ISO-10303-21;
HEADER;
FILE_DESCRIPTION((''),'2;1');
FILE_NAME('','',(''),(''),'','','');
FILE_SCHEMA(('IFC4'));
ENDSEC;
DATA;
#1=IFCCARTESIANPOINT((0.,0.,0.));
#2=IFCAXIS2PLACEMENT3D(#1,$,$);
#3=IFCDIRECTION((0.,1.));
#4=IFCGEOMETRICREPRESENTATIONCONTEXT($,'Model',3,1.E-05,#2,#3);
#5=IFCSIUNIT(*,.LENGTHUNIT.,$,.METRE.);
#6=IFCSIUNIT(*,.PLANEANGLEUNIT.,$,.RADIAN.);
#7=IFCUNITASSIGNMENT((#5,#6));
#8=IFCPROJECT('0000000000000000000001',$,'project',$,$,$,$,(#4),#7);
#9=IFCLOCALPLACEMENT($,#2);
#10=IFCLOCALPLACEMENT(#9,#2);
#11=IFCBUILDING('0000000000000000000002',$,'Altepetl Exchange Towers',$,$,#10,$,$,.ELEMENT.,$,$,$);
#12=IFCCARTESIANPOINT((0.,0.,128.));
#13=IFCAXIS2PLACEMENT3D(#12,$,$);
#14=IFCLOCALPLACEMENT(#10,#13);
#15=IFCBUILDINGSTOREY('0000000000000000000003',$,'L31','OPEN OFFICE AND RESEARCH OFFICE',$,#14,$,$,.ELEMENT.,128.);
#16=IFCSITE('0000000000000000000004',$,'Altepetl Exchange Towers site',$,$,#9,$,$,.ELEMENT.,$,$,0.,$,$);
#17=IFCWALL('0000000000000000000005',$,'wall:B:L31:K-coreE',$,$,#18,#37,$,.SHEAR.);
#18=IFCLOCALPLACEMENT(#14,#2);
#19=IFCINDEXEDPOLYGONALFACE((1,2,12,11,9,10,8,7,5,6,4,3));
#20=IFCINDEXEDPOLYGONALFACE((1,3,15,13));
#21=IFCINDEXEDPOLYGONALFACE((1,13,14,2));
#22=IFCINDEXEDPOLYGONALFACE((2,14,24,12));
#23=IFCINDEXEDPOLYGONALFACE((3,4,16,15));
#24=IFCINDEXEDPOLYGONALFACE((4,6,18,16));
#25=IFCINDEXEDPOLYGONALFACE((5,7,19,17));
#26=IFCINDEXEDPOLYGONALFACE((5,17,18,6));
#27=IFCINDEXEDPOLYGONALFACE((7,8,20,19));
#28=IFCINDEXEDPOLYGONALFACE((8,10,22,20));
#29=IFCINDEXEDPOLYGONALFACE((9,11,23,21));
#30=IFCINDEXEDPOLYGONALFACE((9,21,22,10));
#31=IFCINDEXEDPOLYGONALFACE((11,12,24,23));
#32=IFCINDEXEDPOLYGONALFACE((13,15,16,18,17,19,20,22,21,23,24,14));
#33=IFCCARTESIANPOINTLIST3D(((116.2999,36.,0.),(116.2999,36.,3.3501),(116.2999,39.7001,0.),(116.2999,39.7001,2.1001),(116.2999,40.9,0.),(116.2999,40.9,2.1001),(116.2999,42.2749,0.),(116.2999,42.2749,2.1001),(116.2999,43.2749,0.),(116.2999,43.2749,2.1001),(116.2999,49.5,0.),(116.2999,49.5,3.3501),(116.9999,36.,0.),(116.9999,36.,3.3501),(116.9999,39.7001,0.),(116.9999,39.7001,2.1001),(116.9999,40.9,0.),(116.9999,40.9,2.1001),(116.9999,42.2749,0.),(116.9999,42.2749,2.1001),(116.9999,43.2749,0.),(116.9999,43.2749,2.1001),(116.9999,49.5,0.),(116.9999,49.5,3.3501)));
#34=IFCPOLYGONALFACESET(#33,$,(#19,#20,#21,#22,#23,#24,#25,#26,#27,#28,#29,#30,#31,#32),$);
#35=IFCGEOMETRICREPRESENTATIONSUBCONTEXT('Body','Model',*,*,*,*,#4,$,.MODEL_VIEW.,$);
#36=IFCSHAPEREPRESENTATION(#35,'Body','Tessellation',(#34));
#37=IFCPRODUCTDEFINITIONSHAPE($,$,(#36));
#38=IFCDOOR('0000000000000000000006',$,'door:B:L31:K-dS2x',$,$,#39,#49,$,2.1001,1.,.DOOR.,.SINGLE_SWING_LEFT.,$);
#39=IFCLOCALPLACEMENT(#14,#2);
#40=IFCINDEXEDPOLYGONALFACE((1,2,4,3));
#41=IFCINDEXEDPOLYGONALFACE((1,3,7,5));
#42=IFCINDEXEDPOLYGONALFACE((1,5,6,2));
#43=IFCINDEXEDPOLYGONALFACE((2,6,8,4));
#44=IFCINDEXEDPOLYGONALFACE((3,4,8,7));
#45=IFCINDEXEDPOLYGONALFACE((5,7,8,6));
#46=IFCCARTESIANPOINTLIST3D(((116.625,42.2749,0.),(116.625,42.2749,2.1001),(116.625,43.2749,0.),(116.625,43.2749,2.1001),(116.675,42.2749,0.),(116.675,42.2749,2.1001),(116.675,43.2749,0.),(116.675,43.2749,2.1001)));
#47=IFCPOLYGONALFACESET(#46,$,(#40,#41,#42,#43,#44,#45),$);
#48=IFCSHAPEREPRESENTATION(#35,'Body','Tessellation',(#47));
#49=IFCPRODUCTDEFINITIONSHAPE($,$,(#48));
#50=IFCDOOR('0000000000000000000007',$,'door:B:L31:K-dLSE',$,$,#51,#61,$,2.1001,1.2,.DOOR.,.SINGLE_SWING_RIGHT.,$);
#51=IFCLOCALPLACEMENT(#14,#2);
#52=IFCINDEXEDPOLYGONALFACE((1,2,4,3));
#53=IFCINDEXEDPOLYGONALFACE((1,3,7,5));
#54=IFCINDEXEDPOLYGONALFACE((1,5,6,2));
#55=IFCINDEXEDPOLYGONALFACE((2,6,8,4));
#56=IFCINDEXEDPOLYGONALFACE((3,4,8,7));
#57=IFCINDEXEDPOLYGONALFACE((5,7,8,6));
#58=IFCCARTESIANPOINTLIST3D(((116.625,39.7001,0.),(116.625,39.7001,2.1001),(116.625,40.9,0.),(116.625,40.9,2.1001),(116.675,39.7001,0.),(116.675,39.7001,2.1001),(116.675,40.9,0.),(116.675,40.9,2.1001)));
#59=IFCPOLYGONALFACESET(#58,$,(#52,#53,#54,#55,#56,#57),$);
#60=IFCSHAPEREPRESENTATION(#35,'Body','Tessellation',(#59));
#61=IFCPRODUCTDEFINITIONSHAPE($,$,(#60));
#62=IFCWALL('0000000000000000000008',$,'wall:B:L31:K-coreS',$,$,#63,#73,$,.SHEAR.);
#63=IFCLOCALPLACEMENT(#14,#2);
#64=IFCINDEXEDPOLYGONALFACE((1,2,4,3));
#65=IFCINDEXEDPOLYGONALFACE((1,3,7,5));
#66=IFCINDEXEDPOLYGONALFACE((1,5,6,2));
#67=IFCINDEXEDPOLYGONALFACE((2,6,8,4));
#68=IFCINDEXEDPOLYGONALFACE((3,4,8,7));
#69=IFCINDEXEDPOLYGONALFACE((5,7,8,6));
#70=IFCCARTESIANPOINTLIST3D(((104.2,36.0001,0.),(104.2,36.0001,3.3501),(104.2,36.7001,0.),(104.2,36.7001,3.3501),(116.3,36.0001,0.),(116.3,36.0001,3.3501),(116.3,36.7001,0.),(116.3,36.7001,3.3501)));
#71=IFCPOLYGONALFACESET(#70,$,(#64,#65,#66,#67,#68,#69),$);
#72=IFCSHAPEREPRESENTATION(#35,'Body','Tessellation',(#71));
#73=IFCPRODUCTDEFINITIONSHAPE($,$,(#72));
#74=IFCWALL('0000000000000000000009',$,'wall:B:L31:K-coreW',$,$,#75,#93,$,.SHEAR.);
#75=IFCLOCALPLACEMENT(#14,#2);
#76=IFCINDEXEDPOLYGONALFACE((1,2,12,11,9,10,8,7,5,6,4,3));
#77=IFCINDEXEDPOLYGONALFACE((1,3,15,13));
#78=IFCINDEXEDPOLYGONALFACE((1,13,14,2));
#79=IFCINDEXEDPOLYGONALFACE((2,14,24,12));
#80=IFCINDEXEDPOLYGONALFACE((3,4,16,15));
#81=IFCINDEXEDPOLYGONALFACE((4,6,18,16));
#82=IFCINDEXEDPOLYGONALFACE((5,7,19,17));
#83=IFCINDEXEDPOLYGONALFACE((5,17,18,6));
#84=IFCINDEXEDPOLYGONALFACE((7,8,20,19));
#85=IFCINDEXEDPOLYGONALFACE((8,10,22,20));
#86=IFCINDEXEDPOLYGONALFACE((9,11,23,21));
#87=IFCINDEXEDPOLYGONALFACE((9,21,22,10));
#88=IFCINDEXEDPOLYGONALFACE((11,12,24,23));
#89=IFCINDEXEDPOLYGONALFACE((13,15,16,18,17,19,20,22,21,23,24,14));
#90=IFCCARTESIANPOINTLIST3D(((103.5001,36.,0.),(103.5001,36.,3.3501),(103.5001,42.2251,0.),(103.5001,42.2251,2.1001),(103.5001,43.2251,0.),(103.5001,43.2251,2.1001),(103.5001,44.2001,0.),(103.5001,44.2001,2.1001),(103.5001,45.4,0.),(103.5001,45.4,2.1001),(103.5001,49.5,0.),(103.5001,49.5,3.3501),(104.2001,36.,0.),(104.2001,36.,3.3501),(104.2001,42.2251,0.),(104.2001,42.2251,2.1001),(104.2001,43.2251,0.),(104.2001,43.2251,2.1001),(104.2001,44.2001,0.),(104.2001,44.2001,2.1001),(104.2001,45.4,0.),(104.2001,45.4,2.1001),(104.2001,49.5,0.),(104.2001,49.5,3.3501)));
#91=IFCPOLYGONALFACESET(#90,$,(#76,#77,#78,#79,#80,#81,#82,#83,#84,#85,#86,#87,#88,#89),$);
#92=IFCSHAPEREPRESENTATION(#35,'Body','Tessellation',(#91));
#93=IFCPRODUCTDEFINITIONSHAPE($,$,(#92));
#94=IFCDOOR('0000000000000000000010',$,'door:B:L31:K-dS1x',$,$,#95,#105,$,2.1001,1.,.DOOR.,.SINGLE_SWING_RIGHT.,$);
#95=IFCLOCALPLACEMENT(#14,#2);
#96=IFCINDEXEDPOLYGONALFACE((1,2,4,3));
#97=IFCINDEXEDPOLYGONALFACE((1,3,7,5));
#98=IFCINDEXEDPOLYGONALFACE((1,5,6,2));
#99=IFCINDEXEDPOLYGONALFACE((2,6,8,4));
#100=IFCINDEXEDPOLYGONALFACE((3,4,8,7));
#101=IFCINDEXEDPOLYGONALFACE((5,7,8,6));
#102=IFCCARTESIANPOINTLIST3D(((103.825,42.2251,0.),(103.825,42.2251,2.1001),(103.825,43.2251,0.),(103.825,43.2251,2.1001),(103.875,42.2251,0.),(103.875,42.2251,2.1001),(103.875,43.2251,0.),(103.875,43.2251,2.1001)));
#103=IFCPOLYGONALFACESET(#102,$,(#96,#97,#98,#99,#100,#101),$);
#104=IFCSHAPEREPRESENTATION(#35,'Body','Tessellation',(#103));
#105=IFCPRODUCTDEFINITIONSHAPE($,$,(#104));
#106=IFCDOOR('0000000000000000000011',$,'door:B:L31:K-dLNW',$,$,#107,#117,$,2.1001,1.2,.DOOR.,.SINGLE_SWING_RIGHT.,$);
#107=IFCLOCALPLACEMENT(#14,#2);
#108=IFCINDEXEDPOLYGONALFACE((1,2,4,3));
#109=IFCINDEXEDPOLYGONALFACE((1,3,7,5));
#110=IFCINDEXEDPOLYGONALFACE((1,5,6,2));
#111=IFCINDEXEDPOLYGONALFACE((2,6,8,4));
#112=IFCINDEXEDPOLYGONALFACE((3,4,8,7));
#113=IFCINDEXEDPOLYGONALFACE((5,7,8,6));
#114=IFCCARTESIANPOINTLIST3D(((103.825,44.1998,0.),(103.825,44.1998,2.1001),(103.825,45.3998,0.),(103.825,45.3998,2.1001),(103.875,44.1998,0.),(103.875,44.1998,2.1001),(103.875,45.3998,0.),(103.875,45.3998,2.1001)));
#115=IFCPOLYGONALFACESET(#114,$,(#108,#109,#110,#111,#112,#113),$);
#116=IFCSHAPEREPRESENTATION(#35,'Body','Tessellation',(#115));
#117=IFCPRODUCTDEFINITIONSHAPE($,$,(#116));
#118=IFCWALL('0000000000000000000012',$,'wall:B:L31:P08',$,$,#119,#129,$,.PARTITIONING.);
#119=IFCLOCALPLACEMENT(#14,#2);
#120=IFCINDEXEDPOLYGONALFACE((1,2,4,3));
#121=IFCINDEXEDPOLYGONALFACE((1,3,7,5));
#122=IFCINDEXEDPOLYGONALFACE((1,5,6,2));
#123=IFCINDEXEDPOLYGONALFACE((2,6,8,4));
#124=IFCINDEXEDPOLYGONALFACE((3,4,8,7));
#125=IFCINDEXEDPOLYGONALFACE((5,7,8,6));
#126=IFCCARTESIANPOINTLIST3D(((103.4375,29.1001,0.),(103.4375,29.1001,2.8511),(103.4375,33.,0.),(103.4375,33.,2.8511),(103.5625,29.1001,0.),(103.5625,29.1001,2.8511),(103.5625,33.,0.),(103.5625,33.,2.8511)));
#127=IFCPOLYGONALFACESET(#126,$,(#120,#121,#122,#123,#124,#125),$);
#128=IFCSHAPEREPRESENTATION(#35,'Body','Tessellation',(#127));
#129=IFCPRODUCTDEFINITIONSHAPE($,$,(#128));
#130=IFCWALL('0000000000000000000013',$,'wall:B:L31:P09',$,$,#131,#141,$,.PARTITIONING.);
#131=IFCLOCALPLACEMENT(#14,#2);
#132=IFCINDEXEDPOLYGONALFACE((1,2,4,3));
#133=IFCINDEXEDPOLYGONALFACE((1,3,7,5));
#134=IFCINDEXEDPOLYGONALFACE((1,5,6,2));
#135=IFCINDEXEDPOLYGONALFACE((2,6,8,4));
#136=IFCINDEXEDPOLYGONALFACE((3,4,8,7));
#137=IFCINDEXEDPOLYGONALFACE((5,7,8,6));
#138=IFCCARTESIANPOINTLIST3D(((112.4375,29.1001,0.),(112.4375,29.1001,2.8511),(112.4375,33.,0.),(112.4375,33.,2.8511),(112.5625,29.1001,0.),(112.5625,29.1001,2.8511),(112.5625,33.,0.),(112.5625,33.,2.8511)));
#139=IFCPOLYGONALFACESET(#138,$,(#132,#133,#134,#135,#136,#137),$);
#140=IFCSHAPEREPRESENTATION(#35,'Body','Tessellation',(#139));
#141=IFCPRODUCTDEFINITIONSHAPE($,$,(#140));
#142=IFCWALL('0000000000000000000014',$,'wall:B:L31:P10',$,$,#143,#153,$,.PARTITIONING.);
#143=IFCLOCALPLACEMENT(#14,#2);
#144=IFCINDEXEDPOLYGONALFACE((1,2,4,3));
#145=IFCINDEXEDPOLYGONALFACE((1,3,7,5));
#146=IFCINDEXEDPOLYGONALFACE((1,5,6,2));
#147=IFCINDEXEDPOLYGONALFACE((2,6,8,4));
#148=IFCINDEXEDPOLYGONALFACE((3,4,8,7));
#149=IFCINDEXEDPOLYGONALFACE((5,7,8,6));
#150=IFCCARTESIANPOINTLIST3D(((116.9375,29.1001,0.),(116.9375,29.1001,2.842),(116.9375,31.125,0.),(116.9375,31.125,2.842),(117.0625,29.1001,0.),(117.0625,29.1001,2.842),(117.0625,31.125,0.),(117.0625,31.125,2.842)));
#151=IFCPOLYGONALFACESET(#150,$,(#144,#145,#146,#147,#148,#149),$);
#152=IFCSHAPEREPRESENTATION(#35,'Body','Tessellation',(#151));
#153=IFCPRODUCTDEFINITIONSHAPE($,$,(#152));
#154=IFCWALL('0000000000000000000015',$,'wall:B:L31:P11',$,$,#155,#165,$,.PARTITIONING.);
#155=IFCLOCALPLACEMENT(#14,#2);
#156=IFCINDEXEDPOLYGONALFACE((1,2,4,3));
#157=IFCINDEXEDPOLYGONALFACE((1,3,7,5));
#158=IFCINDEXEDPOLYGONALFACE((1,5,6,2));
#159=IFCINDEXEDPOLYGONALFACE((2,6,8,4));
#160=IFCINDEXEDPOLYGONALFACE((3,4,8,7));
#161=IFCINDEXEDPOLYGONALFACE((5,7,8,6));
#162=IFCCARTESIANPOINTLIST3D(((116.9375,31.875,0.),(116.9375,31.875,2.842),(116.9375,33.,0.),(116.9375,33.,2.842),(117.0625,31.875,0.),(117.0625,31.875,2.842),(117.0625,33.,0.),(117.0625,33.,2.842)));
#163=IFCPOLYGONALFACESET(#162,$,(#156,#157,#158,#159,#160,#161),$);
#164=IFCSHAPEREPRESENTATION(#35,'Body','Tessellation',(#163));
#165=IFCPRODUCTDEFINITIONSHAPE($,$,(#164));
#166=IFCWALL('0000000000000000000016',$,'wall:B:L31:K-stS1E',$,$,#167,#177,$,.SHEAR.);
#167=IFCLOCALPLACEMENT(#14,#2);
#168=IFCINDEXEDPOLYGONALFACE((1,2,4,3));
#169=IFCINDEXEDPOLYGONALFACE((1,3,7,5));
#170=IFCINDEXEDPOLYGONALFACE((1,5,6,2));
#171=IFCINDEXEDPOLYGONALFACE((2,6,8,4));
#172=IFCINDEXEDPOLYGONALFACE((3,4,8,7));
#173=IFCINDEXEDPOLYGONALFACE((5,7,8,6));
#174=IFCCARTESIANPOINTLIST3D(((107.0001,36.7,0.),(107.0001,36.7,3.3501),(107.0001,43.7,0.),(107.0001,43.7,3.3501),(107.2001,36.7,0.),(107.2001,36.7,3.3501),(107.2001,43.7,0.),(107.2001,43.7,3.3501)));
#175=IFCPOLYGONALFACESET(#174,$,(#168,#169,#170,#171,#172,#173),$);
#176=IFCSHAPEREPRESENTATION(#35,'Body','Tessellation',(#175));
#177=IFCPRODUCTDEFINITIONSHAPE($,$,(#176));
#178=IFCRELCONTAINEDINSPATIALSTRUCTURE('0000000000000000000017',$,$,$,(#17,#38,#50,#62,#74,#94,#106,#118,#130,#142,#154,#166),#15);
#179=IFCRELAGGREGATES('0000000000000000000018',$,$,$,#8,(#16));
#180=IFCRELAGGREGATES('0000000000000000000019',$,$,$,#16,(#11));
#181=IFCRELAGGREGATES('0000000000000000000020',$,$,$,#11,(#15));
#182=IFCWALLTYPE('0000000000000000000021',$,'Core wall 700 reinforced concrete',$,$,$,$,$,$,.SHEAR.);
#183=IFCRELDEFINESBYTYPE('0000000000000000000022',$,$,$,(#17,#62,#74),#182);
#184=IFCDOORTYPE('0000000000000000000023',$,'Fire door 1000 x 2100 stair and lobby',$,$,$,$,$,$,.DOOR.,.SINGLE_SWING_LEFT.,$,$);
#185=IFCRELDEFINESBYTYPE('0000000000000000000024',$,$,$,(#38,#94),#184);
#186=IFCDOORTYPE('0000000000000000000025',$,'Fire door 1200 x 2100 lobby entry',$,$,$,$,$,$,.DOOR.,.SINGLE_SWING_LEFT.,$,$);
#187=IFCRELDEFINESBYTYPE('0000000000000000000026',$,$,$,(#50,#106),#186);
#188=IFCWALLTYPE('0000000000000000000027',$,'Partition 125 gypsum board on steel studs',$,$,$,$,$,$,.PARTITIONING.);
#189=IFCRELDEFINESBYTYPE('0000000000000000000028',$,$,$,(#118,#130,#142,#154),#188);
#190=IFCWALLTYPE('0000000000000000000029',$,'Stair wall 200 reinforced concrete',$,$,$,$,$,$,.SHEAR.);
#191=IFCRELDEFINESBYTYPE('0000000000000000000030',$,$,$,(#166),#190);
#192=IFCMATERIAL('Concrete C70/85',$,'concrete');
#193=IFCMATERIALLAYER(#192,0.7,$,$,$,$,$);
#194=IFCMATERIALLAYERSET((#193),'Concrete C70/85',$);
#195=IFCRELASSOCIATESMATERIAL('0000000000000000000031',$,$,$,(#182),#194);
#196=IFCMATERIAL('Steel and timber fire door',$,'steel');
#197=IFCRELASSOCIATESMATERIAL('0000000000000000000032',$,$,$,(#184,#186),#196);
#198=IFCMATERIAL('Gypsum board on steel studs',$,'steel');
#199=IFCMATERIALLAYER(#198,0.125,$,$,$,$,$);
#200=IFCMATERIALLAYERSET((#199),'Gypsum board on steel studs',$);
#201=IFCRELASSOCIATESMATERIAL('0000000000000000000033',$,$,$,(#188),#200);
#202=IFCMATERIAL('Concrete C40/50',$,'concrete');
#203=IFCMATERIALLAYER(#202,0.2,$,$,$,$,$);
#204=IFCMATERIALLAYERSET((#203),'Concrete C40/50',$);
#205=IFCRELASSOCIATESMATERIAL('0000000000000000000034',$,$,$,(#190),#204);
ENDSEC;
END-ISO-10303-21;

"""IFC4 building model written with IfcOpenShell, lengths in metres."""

from ifc_helpers import new_model, si_unit, direction, frame, frame_2d, origin, place, context, subcontext, project, spatial, rectangle, extrude, material, layer, layer_set, type_object, element, fill, save


model = new_model("IFC4")

# Units and contexts
model_context = context("Model", 3, precision=1e-05, world=origin(), true_north=direction((0.0, 1.0)))
body_context = subcontext(model_context, "Body", "Model", "MODEL_VIEW")
ifc_project = project(units=[si_unit("LENGTHUNIT", "METRE"), si_unit("PLANEANGLEUNIT", "RADIAN")], contexts=[model_context])

# Site, building, storey
site_placement = place(None, origin())
site = spatial("IfcSite", under=ifc_project, at=site_placement, Name="Altepetl Exchange Towers site", CompositionType="ELEMENT", RefElevation=0.0)
building_placement = place(site_placement, origin())
building = spatial("IfcBuilding", under=site, at=building_placement, Name="Altepetl Exchange Towers", CompositionType="ELEMENT")
storey_placement = place(building_placement, frame((0.0, 0.0, 128.0)))
storey = spatial("IfcBuildingStorey", under=building, at=storey_placement, Name="L31", Description="OPEN OFFICE AND RESEARCH OFFICE", CompositionType="ELEMENT", Elevation=128.0)

# Shared definitions
ifc_material_1 = material(Name="Concrete C70/85", Category="concrete")

# Wall, openings, doors
ifc_layer_1 = layer(ifc_material_1, 0.7)
ifc_layer_set_1 = layer_set([ifc_layer_1], Name="Concrete C70/85")
wall_type_1 = type_object("IfcWallType", Name="Core wall 700 reinforced concrete", PredefinedType="SHEAR", material=ifc_layer_set_1)
wall_1_placement = place(storey_placement, frame((116.6499, 36.0, 0.0), z_axis=(0.0, 0.0, 1.0), x_axis=(0.0, 1.0, 0.0)))
wall_1 = element("IfcWall", 1, at=wall_1_placement, inside=storey, type_object=wall_type_1, Name="wall:B:L31:K-coreE", PredefinedType="SHEAR", context=body_context, shape_type="SweptSolid", body=[
    extrude(rectangle(XDim=13.5, YDim=0.7, at=frame_2d((6.75, 0.0))), origin(), (0.0, 0.0, 1.0), 3.3501),
])
opening_1_placement = place(wall_1_placement, frame((3.7, 0.0, 0.0)))
opening_1 = element("IfcOpeningElement", 2, at=opening_1_placement, cuts=wall_1, PredefinedType="OPENING", context=body_context, shape_type="SweptSolid", body=[
    extrude(rectangle(XDim=1.2, YDim=2.1001, at=frame_2d((0.6001, 1.05))), frame((0.0, 0.3599, 0.0), z_axis=(0.0, -1.0, 0.0), x_axis=(1.0, 0.0, 0.0)), (0.0, 0.0, 1.0), 0.72),
])
opening_2_placement = place(wall_1_placement, frame((6.2749, 0.0, 0.0)))
opening_2 = element("IfcOpeningElement", 3, at=opening_2_placement, cuts=wall_1, PredefinedType="OPENING", context=body_context, shape_type="SweptSolid", body=[
    extrude(rectangle(XDim=1.0, YDim=2.1001, at=frame_2d((0.5, 1.05))), frame((0.0, 0.3599, 0.0), z_axis=(0.0, -1.0, 0.0), x_axis=(1.0, 0.0, 0.0)), (0.0, 0.0, 1.0), 0.72),
])
ifc_material_2 = material(Name="Steel and timber fire door", Category="steel")
door_type_1 = type_object("IfcDoorType", Name="Fire door 1000 x 2100 stair and lobby", OperationType="SINGLE_SWING_LEFT", PredefinedType="DOOR", material=ifc_material_2)
door_1_placement = place(opening_2_placement, origin())
door_1 = element("IfcDoor", 4, at=door_1_placement, inside=storey, type_object=door_type_1, Name="door:B:L31:K-dS2x", OperationType="SINGLE_SWING_LEFT", OverallHeight=2.1001, OverallWidth=1.0, PredefinedType="DOOR", context=body_context, shape_type="SweptSolid", body=[
    extrude(rectangle(XDim=1.0, YDim=2.1001, at=frame_2d((0.5, 1.05))), frame((0.0, 0.0249, 0.0), z_axis=(0.0, -1.0, 0.0), x_axis=(1.0, 0.0, 0.0)), (0.0, 0.0, 1.0), 0.05),
])
fill(opening_2, door_1)
door_type_2 = type_object("IfcDoorType", Name="Fire door 1200 x 2100 lobby entry", OperationType="SINGLE_SWING_LEFT", PredefinedType="DOOR", material=ifc_material_2)
door_2_placement = place(opening_1_placement, origin())
door_2 = element("IfcDoor", 5, at=door_2_placement, inside=storey, type_object=door_type_2, Name="door:B:L31:K-dLSE", OperationType="SINGLE_SWING_RIGHT", OverallHeight=2.1001, OverallWidth=1.2, PredefinedType="DOOR", context=body_context, shape_type="SweptSolid", body=[
    extrude(rectangle(XDim=1.2, YDim=2.1001, at=frame_2d((0.6001, 1.05))), frame((0.0, 0.0249, 0.0), z_axis=(0.0, -1.0, 0.0), x_axis=(1.0, 0.0, 0.0)), (0.0, 0.0, 1.0), 0.05),
])
fill(opening_1, door_2)

# Wall
wall_2_placement = place(storey_placement, frame((104.2, 36.3501, 0.0)))
element("IfcWall", 6, at=wall_2_placement, inside=storey, type_object=wall_type_1, Name="wall:B:L31:K-coreS", PredefinedType="SHEAR", context=body_context, shape_type="SweptSolid", body=[
    extrude(rectangle(XDim=12.1001, YDim=0.7, at=frame_2d((6.05, 0.0))), origin(), (0.0, 0.0, 1.0), 3.3501),
])

# Wall, openings, doors
wall_3_placement = place(storey_placement, frame((103.8501, 36.0, 0.0), z_axis=(0.0, 0.0, 1.0), x_axis=(0.0, 1.0, 0.0)))
wall_3 = element("IfcWall", 7, at=wall_3_placement, inside=storey, type_object=wall_type_1, Name="wall:B:L31:K-coreW", PredefinedType="SHEAR", context=body_context, shape_type="SweptSolid", body=[
    extrude(rectangle(XDim=13.5, YDim=0.7, at=frame_2d((6.75, 0.0))), origin(), (0.0, 0.0, 1.0), 3.3501),
])
opening_3_placement = place(wall_3_placement, frame((8.2, 0.0, 0.0)))
opening_3 = element("IfcOpeningElement", 8, at=opening_3_placement, cuts=wall_3, PredefinedType="OPENING", context=body_context, shape_type="SweptSolid", body=[
    extrude(rectangle(XDim=1.2, YDim=2.1001, at=frame_2d((0.6001, 1.05))), frame((0.0, 0.3599, 0.0), z_axis=(0.0, -1.0, 0.0), x_axis=(1.0, 0.0, 0.0)), (0.0, 0.0, 1.0), 0.72),
])
opening_4_placement = place(wall_3_placement, frame((6.2251, 0.0, 0.0)))
opening_4 = element("IfcOpeningElement", 9, at=opening_4_placement, cuts=wall_3, PredefinedType="OPENING", context=body_context, shape_type="SweptSolid", body=[
    extrude(rectangle(XDim=1.0, YDim=2.1001, at=frame_2d((0.5, 1.05))), frame((0.0, 0.3599, 0.0), z_axis=(0.0, -1.0, 0.0), x_axis=(1.0, 0.0, 0.0)), (0.0, 0.0, 1.0), 0.72),
])
door_3_placement = place(opening_4_placement, frame((1.0, 0.0, 0.0), x_axis=(-1.0, 0.0, 0.0)))
door_3 = element("IfcDoor", 10, at=door_3_placement, inside=storey, type_object=door_type_1, Name="door:B:L31:K-dS1x", OperationType="SINGLE_SWING_RIGHT", OverallHeight=2.1001, OverallWidth=1.0, PredefinedType="DOOR", context=body_context, shape_type="SweptSolid", body=[
    extrude(rectangle(XDim=1.0, YDim=2.1001, at=frame_2d((0.5, 1.05))), frame((0.0, 0.0249, 0.0), z_axis=(0.0, -1.0, 0.0), x_axis=(1.0, 0.0, 0.0)), (0.0, 0.0, 1.0), 0.05),
])
fill(opening_4, door_3)
door_4_placement = place(opening_3_placement, frame((1.2, 0.0, 0.0), x_axis=(-1.0, 0.0, 0.0)))
door_4 = element("IfcDoor", 11, at=door_4_placement, inside=storey, type_object=door_type_2, Name="door:B:L31:K-dLNW", OperationType="SINGLE_SWING_RIGHT", OverallHeight=2.1001, OverallWidth=1.2, PredefinedType="DOOR", context=body_context, shape_type="SweptSolid", body=[
    extrude(rectangle(XDim=1.2, YDim=2.1001, at=frame_2d((0.6001, 1.05))), frame((0.0, 0.0249, 0.0), z_axis=(0.0, -1.0, 0.0), x_axis=(1.0, 0.0, 0.0)), (0.0, 0.0, 1.0), 0.05),
])
fill(opening_3, door_4)

# Walls
ifc_material_3 = material(Name="Gypsum board on steel studs", Category="steel")
ifc_layer_2 = layer(ifc_material_3, 0.125)
ifc_layer_set_2 = layer_set([ifc_layer_2], Name="Gypsum board on steel studs")
wall_type_2 = type_object("IfcWallType", Name="Partition 125 gypsum board on steel studs", PredefinedType="PARTITIONING", material=ifc_layer_set_2)
for number, where, z_axis, x_axis, name in (
    (12, (103.5, 29.1001, 0.0), (0.0, 0.0, 1.0), (0.0, 1.0, 0.0), "wall:B:L31:P08"),
    (13, (112.5, 29.1001, 0.0), (0.0, 0.0, 1.0), (0.0, 1.0, 0.0), "wall:B:L31:P09"),
):
    element("IfcWall", number, at=place(storey_placement, frame(where, z_axis=z_axis, x_axis=x_axis)), inside=storey, type_object=wall_type_2, Name=name, PredefinedType="PARTITIONING", context=body_context, shape_type="SweptSolid", body=[
        extrude(rectangle(XDim=3.8999, YDim=0.125, at=frame_2d((1.95, 0.0))), origin(), (0.0, 0.0, 1.0), 2.8511),
    ])
wall_4_placement = place(storey_placement, frame((117.0, 29.1001, 0.0), z_axis=(0.0, 0.0, 1.0), x_axis=(0.0, 1.0, 0.0)))
element("IfcWall", 14, at=wall_4_placement, inside=storey, type_object=wall_type_2, Name="wall:B:L31:P10", PredefinedType="PARTITIONING", context=body_context, shape_type="SweptSolid", body=[
    extrude(rectangle(XDim=2.0249, YDim=0.125, at=frame_2d((1.0125, 0.0))), origin(), (0.0, 0.0, 1.0), 2.842),
])
wall_5_placement = place(storey_placement, frame((117.0, 31.875, 0.0), z_axis=(0.0, 0.0, 1.0), x_axis=(0.0, 1.0, 0.0)))
element("IfcWall", 15, at=wall_5_placement, inside=storey, type_object=wall_type_2, Name="wall:B:L31:P11", PredefinedType="PARTITIONING", context=body_context, shape_type="SweptSolid", body=[
    extrude(rectangle(XDim=1.125, YDim=0.125, at=frame_2d((0.5625, 0.0))), origin(), (0.0, 0.0, 1.0), 2.842),
])
ifc_material_4 = material(Name="Concrete C40/50", Category="concrete")
ifc_layer_3 = layer(ifc_material_4, 0.2)
ifc_layer_set_3 = layer_set([ifc_layer_3], Name="Concrete C40/50")
wall_type_3 = type_object("IfcWallType", Name="Stair wall 200 reinforced concrete", PredefinedType="SHEAR", material=ifc_layer_set_3)
wall_6_placement = place(storey_placement, frame((107.1001, 36.7, 0.0), z_axis=(0.0, 0.0, 1.0), x_axis=(0.0, 1.0, 0.0)))
element("IfcWall", 16, at=wall_6_placement, inside=storey, type_object=wall_type_3, Name="wall:B:L31:K-stS1E", PredefinedType="SHEAR", context=body_context, shape_type="SweptSolid", body=[
    extrude(rectangle(XDim=7.0, YDim=0.2, at=frame_2d((3.5, 0.0))), origin(), (0.0, 0.0, 1.0), 3.3501),
])

save(model, "model.ifc")
